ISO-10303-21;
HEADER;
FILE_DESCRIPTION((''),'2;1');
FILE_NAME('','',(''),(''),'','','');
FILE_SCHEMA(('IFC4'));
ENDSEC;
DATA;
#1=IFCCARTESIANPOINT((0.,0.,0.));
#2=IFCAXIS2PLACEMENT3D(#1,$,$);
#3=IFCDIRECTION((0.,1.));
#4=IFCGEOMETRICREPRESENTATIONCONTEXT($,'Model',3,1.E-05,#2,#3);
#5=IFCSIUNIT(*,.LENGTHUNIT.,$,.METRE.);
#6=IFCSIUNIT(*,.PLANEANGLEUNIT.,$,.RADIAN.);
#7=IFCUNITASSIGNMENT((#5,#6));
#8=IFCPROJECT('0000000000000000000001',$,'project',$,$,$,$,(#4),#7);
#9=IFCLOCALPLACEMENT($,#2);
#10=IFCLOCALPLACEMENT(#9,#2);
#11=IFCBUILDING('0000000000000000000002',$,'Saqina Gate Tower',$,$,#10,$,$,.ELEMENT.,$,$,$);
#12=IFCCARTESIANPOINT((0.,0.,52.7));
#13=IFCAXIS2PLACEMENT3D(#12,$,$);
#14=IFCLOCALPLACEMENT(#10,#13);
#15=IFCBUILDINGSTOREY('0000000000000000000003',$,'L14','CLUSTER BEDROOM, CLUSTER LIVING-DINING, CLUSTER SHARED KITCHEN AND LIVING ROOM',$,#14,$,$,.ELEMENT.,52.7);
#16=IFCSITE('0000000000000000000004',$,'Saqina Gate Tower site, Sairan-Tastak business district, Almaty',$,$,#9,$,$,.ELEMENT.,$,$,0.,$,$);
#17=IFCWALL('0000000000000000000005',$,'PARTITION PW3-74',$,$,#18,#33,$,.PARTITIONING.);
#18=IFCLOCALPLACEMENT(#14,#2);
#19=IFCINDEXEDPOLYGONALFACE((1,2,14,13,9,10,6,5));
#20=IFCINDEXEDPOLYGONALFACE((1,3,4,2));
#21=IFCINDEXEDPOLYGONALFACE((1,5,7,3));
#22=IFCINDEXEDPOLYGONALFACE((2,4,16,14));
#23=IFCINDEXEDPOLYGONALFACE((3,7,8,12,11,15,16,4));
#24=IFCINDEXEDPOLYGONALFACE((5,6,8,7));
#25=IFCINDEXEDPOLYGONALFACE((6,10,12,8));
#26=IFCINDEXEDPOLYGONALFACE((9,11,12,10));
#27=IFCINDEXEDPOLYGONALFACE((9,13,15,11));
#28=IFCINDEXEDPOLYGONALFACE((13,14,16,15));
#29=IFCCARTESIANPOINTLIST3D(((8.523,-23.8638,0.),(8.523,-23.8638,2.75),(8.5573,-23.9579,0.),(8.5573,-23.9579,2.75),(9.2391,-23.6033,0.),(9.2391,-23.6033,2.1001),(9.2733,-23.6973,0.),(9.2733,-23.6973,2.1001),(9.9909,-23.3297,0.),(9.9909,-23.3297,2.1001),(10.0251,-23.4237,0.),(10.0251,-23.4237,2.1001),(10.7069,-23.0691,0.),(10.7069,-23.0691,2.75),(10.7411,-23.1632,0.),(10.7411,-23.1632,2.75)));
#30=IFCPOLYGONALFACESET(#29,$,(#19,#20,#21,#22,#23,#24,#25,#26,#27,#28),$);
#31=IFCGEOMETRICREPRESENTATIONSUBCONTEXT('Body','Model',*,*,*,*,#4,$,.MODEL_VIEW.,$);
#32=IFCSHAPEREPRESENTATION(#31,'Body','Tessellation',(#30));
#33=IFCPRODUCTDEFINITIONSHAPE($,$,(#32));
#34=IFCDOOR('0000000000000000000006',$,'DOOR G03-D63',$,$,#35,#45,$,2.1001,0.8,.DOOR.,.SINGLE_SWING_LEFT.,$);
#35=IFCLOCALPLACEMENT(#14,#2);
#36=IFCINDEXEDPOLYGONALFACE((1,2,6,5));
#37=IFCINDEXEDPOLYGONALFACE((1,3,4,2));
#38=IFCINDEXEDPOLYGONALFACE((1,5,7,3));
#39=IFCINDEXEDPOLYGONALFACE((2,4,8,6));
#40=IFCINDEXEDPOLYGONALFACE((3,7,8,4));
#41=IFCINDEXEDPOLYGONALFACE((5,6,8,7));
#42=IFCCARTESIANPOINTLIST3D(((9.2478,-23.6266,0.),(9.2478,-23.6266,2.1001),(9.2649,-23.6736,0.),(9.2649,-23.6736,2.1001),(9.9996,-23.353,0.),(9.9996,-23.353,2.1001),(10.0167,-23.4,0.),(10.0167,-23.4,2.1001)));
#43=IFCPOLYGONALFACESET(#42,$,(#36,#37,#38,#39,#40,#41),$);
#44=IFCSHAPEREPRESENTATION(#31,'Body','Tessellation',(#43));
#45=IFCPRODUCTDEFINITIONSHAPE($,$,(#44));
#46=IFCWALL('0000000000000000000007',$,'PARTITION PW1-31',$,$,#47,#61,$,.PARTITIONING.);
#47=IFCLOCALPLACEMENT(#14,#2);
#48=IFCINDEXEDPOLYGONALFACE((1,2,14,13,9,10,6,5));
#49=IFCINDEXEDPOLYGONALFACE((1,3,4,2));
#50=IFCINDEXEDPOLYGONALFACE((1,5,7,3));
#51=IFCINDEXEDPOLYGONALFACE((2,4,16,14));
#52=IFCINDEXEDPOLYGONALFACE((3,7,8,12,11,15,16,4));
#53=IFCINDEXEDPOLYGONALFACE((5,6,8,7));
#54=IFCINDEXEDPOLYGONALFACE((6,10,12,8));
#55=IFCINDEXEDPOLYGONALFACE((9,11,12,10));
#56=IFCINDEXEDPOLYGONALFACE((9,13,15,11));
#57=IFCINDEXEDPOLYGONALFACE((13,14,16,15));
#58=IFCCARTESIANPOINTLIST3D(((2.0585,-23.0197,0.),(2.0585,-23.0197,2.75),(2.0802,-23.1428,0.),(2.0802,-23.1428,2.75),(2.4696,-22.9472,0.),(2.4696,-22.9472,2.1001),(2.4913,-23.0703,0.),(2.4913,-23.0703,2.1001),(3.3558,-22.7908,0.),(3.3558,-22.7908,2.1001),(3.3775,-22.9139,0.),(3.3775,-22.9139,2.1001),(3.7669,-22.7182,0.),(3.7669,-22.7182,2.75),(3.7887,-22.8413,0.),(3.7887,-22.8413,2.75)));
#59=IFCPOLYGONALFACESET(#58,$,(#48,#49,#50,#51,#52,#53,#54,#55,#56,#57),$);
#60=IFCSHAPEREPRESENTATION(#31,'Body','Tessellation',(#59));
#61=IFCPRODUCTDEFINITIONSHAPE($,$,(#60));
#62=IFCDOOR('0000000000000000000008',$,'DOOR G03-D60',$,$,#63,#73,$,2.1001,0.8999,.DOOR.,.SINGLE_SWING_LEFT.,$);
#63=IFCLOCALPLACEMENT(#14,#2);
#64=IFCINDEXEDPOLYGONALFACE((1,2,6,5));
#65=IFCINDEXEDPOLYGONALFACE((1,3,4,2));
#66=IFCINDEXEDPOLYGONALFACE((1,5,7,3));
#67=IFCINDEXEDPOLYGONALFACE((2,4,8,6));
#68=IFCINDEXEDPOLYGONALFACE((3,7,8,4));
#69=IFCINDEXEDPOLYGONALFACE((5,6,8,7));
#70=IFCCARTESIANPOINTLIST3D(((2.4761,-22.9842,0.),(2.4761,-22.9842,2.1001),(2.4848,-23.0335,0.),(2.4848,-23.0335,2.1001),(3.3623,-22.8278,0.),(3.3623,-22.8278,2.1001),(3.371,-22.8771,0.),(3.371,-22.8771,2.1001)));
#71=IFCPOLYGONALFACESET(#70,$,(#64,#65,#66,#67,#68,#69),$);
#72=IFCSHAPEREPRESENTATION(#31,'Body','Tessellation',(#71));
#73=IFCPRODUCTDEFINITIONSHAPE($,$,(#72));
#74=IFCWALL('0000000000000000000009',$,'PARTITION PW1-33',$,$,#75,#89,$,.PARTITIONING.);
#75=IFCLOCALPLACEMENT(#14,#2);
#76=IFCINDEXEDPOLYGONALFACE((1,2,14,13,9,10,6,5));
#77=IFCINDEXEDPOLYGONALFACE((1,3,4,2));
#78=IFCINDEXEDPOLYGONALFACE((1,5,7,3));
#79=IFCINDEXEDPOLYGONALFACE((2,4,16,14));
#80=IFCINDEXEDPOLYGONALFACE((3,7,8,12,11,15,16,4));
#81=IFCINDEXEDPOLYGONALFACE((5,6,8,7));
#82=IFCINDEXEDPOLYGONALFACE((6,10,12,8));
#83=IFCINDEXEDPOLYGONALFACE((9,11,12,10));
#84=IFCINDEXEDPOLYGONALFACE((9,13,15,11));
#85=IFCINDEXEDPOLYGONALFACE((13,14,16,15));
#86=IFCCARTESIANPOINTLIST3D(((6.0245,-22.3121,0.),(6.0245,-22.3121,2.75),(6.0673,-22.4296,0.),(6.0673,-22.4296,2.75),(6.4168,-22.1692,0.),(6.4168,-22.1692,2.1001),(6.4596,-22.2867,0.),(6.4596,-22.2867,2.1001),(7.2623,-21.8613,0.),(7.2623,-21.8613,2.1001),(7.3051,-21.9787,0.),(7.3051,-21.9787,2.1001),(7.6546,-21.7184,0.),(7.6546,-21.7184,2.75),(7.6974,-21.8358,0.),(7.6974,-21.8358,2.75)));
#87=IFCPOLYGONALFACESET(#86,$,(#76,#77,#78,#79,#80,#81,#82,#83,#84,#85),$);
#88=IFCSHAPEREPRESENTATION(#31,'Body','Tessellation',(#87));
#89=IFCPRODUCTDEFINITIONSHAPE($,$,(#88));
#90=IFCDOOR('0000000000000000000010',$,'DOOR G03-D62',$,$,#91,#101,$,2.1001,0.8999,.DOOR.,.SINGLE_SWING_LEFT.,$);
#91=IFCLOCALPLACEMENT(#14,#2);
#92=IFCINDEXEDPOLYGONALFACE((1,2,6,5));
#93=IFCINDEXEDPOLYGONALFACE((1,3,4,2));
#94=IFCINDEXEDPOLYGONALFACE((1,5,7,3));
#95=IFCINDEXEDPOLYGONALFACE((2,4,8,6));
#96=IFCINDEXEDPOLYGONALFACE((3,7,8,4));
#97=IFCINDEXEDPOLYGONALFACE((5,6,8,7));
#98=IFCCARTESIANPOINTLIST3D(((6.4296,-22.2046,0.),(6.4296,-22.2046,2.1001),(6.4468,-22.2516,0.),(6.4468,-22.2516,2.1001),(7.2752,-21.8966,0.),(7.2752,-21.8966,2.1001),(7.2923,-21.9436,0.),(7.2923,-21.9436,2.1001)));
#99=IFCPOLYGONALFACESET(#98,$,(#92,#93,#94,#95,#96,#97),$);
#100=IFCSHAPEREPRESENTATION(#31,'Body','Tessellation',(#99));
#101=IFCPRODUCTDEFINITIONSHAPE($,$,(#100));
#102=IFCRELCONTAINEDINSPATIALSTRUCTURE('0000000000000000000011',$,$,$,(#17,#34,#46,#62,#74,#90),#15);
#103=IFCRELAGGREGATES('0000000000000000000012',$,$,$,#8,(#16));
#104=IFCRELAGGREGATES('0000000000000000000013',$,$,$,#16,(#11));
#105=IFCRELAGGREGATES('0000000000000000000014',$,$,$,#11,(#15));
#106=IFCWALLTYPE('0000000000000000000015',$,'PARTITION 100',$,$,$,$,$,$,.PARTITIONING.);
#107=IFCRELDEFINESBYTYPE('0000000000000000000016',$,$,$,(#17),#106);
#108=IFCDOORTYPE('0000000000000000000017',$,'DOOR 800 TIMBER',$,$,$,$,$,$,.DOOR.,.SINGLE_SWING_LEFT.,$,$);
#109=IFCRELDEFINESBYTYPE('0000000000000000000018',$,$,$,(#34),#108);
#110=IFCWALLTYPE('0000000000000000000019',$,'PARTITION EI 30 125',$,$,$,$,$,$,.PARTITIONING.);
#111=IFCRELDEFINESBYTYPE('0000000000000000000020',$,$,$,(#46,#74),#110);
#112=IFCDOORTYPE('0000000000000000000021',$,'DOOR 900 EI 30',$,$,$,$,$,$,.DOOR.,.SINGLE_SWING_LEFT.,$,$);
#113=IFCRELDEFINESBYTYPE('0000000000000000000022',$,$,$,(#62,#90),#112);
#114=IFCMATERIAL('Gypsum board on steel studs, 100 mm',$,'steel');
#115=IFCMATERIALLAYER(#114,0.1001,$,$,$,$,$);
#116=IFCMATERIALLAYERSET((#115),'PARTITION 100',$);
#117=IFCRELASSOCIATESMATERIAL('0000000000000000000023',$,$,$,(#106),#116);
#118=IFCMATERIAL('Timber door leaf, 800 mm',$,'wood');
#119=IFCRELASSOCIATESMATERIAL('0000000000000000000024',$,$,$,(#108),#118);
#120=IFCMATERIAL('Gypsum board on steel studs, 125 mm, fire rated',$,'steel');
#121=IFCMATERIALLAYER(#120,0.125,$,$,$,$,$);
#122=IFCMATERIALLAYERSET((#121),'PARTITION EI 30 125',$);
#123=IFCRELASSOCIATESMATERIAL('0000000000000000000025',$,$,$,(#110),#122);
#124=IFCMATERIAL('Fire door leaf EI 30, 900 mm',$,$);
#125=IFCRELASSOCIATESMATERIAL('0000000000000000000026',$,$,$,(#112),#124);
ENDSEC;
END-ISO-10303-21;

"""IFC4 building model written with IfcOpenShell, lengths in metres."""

from ifc_helpers import new_model, si_unit, direction, frame, frame_2d, origin, place, context, subcontext, project, spatial, rectangle, extrude, material, layer, layer_set, type_object, element, fill, save


model = new_model("IFC4")

# Units and contexts
model_context = context("Model", 3, precision=1e-05, world=origin(), true_north=direction((0.0, 1.0)))
body_context = subcontext(model_context, "Body", "Model", "MODEL_VIEW")
ifc_project = project(units=[si_unit("LENGTHUNIT", "METRE"), si_unit("PLANEANGLEUNIT", "RADIAN")], contexts=[model_context])

# Site, building, storey
site_placement = place(None, origin())
site = spatial("IfcSite", under=ifc_project, at=site_placement, Name="Saqina Gate Tower site, Sairan-Tastak business district, Almaty", CompositionType="ELEMENT", RefElevation=0.0)
building_placement = place(site_placement, origin())
building = spatial("IfcBuilding", under=site, at=building_placement, Name="Saqina Gate Tower", CompositionType="ELEMENT")
storey_placement = place(building_placement, frame((0.0, 0.0, 52.7)))
storey = spatial("IfcBuildingStorey", under=building, at=storey_placement, Name="L14", Description="CLUSTER BEDROOM, CLUSTER LIVING-DINING, CLUSTER SHARED KITCHEN AND LIVING ROOM", CompositionType="ELEMENT", Elevation=52.7)

# Shared definitions
ifc_material_1 = material(Name="Gypsum board on steel studs, 100 mm", Category="steel")
ifc_layer_1 = layer(ifc_material_1, 0.1001)
ifc_layer_set_1 = layer_set([ifc_layer_1], Name="PARTITION 100")
wall_type_1 = type_object("IfcWallType", Name="PARTITION 100", PredefinedType="PARTITIONING", material=ifc_layer_set_1)

# Shared definitions
ifc_material_2 = material(Name="Timber door leaf, 800 mm", Category="wood")
door_type_1 = type_object("IfcDoorType", Name="DOOR 800 TIMBER", OperationType="SINGLE_SWING_LEFT", PredefinedType="DOOR", material=ifc_material_2)

# Walls, openings, doors
wall_1_placement = place(storey_placement, frame((8.54, -23.9109, 0.0), z_axis=(0.0, 0.0, 1.0), x_axis=(0.939717, 0.341954, 0.0)))
wall_1 = element("IfcWall", 1, at=wall_1_placement, inside=storey, type_object=wall_type_1, Name="PARTITION PW3-74", PredefinedType="PARTITIONING", context=body_context, shape_type="SweptSolid", body=[
    extrude(rectangle(XDim=2.324, YDim=0.1001, at=frame_2d((1.1621, 0.0))), origin(), (0.0, 0.0, 1.0), 2.75),
])
opening_1_placement = place(wall_1_placement, frame((0.7622, 0.0, 0.0)))
opening_1 = element("IfcOpeningElement", 2, at=opening_1_placement, cuts=wall_1, PredefinedType="OPENING", context=body_context, shape_type="SweptSolid", body=[
    extrude(rectangle(XDim=0.8, YDim=2.1001, at=frame_2d((0.3999, 1.05))), frame((0.0, 0.062, 0.0), z_axis=(0.0, -1.0, 0.0), x_axis=(1.0, 0.0, 0.0)), (0.0, 0.0, 1.0), 0.124),
])
door_1_placement = place(opening_1_placement, frame((0.8, 0.0, 0.0), z_axis=(0.0, 0.0, 1.0), x_axis=(-1.0, 0.0, 0.0)))
door_1 = element("IfcDoor", 3, at=door_1_placement, inside=storey, type_object=door_type_1, Name="DOOR G03-D63", OperationType="SINGLE_SWING_LEFT", OverallHeight=2.1001, OverallWidth=0.8, PredefinedType="DOOR", context=body_context, shape_type="SweptSolid", body=[
    extrude(rectangle(XDim=0.8, YDim=2.1001, at=frame_2d((0.3999, 1.05))), frame((0.0, 0.0249, 0.0), z_axis=(0.0, -1.0, 0.0), x_axis=(1.0, 0.0, 0.0)), (0.0, 0.0, 1.0), 0.05),
])
fill(opening_1, door_1)
ifc_material_3 = material(Name="Gypsum board on steel studs, 125 mm, fire rated", Category="steel")
ifc_layer_2 = layer(ifc_material_3, 0.125)
ifc_layer_set_2 = layer_set([ifc_layer_2], Name="PARTITION EI 30 125")
wall_type_2 = type_object("IfcWallType", Name="PARTITION EI 30 125", PredefinedType="PARTITIONING", material=ifc_layer_set_2)
wall_2_placement = place(storey_placement, frame((2.0693, -23.0813, 0.0), z_axis=(0.0, 0.0, 1.0), x_axis=(0.984782, 0.173793, 0.0)))
wall_2 = element("IfcWall", 4, at=wall_2_placement, inside=storey, type_object=wall_type_2, Name="PARTITION PW1-31", PredefinedType="PARTITIONING", context=body_context, shape_type="SweptSolid", body=[
    extrude(rectangle(XDim=1.7349, YDim=0.125, at=frame_2d((0.8674, 0.0))), origin(), (0.0, 0.0, 1.0), 2.75),
])
opening_2_placement = place(wall_2_placement, frame((0.4175, 0.0, 0.0)))
opening_2 = element("IfcOpeningElement", 5, at=opening_2_placement, cuts=wall_2, PredefinedType="OPENING", context=body_context, shape_type="SweptSolid", body=[
    extrude(rectangle(XDim=0.8999, YDim=2.1001, at=frame_2d((0.45, 1.05))), frame((0.0, 0.0745, 0.0), z_axis=(0.0, -1.0, 0.0), x_axis=(1.0, 0.0, 0.0)), (0.0, 0.0, 1.0), 0.1489),
])
ifc_material_4 = material(Name="Fire door leaf EI 30, 900 mm")
door_type_2 = type_object("IfcDoorType", Name="DOOR 900 EI 30", OperationType="SINGLE_SWING_LEFT", PredefinedType="DOOR", material=ifc_material_4)
door_2_placement = place(opening_2_placement, origin())
door_2 = element("IfcDoor", 6, at=door_2_placement, inside=storey, type_object=door_type_2, Name="DOOR G03-D60", OperationType="SINGLE_SWING_LEFT", OverallHeight=2.1001, OverallWidth=0.8999, PredefinedType="DOOR", context=body_context, shape_type="SweptSolid", body=[
    extrude(rectangle(XDim=0.8999, YDim=2.1001, at=frame_2d((0.45, 1.05))), frame((0.0, 0.0249, 0.0), z_axis=(0.0, -1.0, 0.0), x_axis=(1.0, 0.0, 0.0)), (0.0, 0.0, 1.0), 0.05),
])
fill(opening_2, door_2)
wall_3_placement = place(storey_placement, frame((6.0459, -22.3708, 0.0), z_axis=(0.0, 0.0, 1.0), x_axis=(0.939613, 0.34224, 0.0)))
wall_3 = element("IfcWall", 7, at=wall_3_placement, inside=storey, type_object=wall_type_2, Name="PARTITION PW1-33", PredefinedType="PARTITIONING", context=body_context, shape_type="SweptSolid", body=[
    extrude(rectangle(XDim=1.7349, YDim=0.125, at=frame_2d((0.8674, 0.0))), origin(), (0.0, 0.0, 1.0), 2.75),
])
opening_3_placement = place(wall_3_placement, frame((0.4175, 0.0, 0.0)))
opening_3 = element("IfcOpeningElement", 8, at=opening_3_placement, cuts=wall_3, PredefinedType="OPENING", context=body_context, shape_type="SweptSolid", body=[
    extrude(rectangle(XDim=0.8999, YDim=2.1001, at=frame_2d((0.45, 1.05))), frame((0.0, 0.0745, 0.0), z_axis=(0.0, -1.0, 0.0), x_axis=(1.0, 0.0, 0.0)), (0.0, 0.0, 1.0), 0.1489),
])
door_3_placement = place(opening_3_placement, origin())
door_3 = element("IfcDoor", 9, at=door_3_placement, inside=storey, type_object=door_type_2, Name="DOOR G03-D62", OperationType="SINGLE_SWING_LEFT", OverallHeight=2.1001, OverallWidth=0.8999, PredefinedType="DOOR", context=body_context, shape_type="SweptSolid", body=[
    extrude(rectangle(XDim=0.8999, YDim=2.1001, at=frame_2d((0.45, 1.05))), frame((0.0, 0.0249, 0.0), z_axis=(0.0, -1.0, 0.0), x_axis=(1.0, 0.0, 0.0)), (0.0, 0.0, 1.0), 0.05),
])
fill(opening_3, door_3)

save(model, "model.ifc")
